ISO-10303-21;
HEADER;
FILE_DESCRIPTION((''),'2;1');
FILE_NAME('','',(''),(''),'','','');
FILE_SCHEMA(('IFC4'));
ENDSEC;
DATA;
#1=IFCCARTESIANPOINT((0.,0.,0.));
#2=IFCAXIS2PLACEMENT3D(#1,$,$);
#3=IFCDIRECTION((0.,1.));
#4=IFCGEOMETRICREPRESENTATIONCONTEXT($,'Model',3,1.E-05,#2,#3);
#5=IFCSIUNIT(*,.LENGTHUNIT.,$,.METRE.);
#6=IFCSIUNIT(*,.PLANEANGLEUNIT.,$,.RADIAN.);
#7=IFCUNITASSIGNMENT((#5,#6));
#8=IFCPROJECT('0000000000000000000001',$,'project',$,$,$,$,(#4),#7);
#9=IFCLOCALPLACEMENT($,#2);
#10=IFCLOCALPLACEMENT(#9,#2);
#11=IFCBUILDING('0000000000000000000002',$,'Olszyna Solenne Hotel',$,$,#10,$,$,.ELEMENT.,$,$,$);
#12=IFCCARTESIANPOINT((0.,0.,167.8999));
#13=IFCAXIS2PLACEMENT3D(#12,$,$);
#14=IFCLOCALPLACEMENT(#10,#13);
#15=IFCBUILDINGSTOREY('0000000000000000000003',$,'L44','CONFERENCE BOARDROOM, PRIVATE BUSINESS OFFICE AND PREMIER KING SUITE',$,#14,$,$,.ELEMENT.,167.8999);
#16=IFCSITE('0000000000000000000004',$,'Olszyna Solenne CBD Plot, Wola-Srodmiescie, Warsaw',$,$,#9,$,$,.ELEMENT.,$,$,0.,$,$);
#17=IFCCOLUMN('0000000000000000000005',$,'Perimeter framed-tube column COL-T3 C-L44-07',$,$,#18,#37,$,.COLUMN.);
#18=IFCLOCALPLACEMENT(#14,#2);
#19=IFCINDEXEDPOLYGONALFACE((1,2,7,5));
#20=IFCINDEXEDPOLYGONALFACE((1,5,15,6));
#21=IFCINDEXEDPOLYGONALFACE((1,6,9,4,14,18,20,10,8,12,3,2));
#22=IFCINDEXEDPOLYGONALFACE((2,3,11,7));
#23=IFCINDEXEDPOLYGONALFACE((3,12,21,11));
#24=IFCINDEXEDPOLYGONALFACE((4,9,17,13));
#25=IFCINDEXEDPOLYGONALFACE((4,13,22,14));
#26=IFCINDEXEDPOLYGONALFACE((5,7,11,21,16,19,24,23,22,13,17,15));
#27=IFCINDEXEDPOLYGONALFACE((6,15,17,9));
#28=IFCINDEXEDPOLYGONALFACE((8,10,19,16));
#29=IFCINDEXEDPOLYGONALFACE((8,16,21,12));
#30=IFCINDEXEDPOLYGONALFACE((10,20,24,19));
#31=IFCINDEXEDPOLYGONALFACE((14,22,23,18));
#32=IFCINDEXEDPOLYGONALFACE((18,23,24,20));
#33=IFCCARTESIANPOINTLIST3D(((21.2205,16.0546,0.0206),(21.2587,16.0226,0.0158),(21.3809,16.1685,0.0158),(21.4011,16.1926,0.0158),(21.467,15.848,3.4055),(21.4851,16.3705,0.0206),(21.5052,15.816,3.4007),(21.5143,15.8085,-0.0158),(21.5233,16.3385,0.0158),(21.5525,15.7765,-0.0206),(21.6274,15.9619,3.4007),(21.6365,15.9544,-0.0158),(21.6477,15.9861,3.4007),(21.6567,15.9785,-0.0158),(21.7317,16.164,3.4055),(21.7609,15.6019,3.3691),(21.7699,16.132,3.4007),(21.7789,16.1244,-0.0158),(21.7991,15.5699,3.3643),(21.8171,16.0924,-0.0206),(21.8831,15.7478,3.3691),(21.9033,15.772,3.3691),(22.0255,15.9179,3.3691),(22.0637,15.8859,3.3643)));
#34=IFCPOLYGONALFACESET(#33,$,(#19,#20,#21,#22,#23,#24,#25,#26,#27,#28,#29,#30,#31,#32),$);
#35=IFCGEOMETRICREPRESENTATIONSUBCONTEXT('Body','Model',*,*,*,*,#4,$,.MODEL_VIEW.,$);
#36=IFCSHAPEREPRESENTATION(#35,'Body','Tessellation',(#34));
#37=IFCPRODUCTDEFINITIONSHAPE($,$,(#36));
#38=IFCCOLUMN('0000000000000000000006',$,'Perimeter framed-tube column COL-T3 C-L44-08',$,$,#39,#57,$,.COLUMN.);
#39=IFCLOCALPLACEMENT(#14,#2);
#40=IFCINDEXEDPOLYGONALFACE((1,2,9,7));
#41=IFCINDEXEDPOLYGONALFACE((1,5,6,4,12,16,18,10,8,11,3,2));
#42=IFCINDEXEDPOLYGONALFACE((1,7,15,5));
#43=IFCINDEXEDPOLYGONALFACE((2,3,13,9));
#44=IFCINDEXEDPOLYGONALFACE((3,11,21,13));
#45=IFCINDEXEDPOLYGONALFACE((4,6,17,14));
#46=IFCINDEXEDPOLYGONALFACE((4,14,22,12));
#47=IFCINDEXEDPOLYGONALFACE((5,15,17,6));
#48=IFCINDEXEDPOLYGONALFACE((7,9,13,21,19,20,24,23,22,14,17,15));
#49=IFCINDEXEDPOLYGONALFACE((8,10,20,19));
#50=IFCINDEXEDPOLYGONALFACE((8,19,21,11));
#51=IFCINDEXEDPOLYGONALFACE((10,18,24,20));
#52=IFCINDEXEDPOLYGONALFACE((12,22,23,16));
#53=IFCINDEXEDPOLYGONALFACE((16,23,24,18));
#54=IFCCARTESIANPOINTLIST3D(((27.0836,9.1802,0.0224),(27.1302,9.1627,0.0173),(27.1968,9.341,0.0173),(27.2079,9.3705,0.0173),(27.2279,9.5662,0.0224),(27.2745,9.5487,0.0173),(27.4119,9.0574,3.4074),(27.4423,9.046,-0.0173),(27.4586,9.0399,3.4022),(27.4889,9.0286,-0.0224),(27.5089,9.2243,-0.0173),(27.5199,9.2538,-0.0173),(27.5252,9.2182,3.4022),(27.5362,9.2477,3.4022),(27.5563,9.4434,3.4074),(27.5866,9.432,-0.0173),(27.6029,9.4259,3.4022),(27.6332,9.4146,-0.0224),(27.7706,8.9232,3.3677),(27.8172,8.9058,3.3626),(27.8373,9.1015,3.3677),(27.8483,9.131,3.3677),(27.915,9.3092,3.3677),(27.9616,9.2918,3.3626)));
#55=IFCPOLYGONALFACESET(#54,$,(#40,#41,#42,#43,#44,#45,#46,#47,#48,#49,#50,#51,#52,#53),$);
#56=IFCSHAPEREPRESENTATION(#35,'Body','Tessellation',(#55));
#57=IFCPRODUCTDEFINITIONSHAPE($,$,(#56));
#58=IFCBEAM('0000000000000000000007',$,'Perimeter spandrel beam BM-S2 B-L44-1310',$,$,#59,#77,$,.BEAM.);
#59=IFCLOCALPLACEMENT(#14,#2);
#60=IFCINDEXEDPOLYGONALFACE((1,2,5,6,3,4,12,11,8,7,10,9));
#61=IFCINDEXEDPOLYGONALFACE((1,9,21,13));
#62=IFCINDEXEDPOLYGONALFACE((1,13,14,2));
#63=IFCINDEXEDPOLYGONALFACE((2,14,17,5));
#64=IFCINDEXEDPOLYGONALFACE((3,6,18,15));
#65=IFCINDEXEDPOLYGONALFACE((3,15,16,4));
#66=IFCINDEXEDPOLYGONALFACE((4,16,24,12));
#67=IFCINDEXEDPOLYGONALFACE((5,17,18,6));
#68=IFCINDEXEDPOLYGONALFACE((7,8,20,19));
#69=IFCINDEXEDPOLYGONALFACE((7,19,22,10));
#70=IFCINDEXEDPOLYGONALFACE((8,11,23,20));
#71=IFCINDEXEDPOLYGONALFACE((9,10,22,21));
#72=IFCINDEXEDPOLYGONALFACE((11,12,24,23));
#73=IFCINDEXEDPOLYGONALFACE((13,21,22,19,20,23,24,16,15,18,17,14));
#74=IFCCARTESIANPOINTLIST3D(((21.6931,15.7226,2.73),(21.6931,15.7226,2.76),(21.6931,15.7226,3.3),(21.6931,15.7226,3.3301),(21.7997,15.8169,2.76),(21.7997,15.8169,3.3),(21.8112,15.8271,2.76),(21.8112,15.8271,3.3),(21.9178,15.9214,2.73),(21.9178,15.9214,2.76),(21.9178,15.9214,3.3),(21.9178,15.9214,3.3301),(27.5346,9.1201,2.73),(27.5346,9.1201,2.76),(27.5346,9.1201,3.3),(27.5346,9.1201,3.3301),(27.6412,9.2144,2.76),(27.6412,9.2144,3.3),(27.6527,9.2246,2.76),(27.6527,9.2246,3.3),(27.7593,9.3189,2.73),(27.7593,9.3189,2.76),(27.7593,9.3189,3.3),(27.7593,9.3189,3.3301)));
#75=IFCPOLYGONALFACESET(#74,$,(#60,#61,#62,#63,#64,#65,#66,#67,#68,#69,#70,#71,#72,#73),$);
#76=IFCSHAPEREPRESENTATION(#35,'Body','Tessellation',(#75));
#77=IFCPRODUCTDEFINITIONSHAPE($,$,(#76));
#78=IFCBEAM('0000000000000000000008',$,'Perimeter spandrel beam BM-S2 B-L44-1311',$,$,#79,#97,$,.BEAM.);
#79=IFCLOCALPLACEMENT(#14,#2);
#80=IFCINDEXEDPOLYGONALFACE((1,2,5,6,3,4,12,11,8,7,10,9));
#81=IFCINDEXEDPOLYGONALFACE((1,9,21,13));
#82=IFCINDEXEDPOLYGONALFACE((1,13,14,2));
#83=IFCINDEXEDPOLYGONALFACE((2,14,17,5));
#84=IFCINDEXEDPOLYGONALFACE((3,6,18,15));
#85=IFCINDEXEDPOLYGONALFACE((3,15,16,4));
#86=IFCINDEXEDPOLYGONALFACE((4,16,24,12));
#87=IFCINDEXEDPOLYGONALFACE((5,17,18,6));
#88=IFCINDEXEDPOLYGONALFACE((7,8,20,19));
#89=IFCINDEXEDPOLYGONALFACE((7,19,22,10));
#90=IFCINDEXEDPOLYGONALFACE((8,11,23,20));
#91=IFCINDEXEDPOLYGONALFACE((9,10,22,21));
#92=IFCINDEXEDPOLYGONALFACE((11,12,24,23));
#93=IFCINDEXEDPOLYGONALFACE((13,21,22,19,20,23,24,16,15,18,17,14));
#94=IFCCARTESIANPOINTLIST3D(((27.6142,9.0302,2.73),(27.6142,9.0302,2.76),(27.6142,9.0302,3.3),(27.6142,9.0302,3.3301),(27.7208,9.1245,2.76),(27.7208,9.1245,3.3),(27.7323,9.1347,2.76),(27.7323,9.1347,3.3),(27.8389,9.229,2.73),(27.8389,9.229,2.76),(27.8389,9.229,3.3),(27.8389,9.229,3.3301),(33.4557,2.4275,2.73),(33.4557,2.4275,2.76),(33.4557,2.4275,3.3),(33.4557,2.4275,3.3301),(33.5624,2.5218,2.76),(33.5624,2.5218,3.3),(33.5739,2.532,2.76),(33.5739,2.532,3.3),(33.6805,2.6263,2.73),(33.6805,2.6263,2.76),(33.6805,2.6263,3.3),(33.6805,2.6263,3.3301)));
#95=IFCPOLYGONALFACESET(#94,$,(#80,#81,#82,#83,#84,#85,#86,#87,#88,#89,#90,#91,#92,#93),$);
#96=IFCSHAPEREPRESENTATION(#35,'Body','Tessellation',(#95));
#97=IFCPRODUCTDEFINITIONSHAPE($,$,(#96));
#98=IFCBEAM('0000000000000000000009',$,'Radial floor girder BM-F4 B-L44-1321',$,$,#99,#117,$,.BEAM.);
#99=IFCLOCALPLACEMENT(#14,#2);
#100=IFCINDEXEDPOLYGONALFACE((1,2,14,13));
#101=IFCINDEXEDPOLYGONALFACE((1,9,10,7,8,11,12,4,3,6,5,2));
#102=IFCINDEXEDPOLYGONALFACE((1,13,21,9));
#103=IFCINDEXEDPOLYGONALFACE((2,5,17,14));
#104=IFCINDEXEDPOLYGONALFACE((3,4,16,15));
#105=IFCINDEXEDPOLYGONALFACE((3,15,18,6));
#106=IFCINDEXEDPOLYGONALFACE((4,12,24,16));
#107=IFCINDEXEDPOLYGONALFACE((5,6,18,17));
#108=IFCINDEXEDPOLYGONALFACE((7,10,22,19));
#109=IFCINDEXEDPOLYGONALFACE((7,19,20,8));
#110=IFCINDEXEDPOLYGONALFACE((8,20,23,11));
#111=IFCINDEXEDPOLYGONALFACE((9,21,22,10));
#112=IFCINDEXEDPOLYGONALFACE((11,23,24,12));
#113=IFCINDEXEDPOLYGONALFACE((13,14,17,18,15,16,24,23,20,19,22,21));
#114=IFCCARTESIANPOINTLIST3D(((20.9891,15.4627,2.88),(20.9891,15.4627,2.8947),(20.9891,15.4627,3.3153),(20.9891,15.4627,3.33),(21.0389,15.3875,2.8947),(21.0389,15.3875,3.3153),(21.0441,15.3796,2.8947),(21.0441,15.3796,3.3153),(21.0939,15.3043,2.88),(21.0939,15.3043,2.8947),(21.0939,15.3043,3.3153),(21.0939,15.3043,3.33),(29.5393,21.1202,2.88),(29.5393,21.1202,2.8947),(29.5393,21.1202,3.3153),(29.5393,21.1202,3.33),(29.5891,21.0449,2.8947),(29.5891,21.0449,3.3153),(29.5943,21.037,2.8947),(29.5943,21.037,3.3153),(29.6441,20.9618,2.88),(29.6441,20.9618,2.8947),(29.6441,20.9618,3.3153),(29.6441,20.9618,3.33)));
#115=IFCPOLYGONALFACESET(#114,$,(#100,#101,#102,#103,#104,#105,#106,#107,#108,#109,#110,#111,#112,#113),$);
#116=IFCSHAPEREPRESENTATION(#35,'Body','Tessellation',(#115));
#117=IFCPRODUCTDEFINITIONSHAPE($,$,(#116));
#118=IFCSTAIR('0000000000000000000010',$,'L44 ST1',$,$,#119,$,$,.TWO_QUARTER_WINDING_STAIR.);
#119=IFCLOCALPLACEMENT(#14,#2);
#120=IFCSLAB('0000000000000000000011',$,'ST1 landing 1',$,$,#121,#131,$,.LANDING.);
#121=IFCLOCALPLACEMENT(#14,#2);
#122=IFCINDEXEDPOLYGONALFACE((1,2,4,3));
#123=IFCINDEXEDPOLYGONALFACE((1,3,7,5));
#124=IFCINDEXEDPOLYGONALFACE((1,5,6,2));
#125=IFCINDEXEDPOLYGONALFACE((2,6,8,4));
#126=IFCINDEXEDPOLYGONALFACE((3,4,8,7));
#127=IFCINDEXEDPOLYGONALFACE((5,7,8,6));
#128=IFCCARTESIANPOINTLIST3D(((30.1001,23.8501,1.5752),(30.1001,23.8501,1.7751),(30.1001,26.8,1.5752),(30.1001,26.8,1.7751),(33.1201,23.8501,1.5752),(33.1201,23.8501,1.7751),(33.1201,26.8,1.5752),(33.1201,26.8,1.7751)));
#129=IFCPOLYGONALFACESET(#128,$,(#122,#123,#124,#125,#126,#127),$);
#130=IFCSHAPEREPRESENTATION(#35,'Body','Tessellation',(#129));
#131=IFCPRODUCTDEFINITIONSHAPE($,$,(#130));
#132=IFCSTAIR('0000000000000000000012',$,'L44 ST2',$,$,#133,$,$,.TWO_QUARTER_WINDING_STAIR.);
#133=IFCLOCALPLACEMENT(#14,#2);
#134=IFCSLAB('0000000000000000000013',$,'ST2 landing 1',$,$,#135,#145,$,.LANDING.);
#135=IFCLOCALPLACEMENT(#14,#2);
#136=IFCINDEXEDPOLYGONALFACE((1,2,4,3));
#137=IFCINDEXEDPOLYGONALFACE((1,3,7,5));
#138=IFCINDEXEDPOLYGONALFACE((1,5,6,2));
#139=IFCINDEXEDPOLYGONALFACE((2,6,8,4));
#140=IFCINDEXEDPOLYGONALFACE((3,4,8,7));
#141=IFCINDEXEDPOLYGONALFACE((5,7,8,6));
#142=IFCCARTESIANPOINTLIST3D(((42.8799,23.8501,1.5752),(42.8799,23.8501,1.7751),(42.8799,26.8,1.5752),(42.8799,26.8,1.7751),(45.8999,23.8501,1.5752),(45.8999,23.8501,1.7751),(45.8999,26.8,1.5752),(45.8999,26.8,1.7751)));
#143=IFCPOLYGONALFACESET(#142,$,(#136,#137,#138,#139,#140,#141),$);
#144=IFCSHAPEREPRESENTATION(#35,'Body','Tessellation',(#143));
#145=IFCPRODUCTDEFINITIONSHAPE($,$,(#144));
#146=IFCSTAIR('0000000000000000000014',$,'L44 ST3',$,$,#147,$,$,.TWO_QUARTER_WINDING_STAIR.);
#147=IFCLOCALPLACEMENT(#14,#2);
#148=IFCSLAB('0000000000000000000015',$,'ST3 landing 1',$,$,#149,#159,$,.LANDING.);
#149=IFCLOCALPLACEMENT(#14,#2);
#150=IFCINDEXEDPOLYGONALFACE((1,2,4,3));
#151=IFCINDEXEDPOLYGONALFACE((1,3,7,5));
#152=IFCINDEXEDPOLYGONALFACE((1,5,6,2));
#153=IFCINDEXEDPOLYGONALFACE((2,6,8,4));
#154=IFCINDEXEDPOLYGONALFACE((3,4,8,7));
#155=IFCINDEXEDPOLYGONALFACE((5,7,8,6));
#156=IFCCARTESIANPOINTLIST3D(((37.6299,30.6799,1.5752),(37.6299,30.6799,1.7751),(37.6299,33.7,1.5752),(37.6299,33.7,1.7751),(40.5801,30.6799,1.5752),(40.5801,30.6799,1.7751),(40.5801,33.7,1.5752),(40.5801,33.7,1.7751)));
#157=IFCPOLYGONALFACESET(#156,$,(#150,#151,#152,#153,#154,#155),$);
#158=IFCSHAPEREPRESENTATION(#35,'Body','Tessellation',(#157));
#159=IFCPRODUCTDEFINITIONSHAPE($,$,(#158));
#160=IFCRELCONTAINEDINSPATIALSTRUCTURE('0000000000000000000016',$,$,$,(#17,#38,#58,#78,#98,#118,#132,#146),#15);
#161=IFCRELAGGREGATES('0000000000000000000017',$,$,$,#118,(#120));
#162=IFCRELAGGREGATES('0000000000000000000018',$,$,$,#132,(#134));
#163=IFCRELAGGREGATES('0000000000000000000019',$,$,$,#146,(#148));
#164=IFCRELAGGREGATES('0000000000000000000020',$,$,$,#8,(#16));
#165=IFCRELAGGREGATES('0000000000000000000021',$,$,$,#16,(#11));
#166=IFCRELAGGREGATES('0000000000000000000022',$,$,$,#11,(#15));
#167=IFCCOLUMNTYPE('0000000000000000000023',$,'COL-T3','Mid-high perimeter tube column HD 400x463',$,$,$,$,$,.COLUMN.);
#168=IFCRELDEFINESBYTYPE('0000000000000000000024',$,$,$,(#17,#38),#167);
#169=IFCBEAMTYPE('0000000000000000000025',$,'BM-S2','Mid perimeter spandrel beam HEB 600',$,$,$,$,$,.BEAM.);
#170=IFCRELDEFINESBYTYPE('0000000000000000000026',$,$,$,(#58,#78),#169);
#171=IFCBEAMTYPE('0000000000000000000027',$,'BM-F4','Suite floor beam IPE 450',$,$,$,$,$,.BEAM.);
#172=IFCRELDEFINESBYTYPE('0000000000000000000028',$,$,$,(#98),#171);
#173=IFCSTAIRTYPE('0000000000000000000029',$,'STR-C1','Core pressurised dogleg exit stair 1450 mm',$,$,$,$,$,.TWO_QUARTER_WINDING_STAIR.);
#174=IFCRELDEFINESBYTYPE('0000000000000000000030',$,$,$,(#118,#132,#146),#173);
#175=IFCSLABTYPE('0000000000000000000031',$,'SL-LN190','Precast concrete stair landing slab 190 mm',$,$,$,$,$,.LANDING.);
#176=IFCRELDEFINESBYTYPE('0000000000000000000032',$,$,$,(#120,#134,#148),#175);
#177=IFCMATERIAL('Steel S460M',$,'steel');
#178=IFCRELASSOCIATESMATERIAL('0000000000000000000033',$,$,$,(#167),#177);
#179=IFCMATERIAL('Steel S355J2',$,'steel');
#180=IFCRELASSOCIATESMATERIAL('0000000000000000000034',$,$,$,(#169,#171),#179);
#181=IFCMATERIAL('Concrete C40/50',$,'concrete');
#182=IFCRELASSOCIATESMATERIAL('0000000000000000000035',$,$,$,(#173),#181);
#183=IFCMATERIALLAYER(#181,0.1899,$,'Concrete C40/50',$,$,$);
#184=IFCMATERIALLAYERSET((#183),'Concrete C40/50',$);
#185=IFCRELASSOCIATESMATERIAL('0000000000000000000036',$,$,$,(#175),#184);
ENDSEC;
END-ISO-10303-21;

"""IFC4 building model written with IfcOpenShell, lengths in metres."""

from ifc_helpers import new_model, si_unit, direction, frame, origin, origin_2d, place, context, subcontext, project, spatial, polyline, i_section, outline, extrude, source, transform, mapped, material, layer, layer_set, material_profile, profile_set, type_object, element, aggregate, save


model = new_model("IFC4")

# Units and contexts
model_context = context("Model", 3, precision=1e-05, world=origin(), true_north=direction((0.0, 1.0)))
body_context = subcontext(model_context, "Body", "Model", "MODEL_VIEW")
ifc_project = project(units=[si_unit("LENGTHUNIT", "METRE"), si_unit("PLANEANGLEUNIT", "RADIAN")], contexts=[model_context])

# Site, building, storey
site_placement = place(None, origin())
site = spatial("IfcSite", under=ifc_project, at=site_placement, Name="Olszyna Solenne CBD Plot, Wola-Srodmiescie, Warsaw", CompositionType="ELEMENT", RefElevation=0.0)
building_placement = place(site_placement, origin())
building = spatial("IfcBuilding", under=site, at=building_placement, Name="Olszyna Solenne Hotel", CompositionType="ELEMENT")
storey_placement = place(building_placement, frame((0.0, 0.0, 167.8999)))
storey = spatial("IfcBuildingStorey", under=building, at=storey_placement, Name="L44", Description="CONFERENCE BOARDROOM, PRIVATE BUSINESS OFFICE AND PREMIER KING SUITE", CompositionType="ELEMENT", Elevation=167.8999)

# Columns
ifc_material_1 = material(Name="Steel S460M", Category="steel")
ifc_material_profile_1 = material_profile(ifc_material_1, i_section(OverallWidth=0.4121, OverallDepth=0.4351, WebThickness=0.0315, FlangeThickness=0.05, at=origin_2d()), Name="HD 400x463", Category="load-bearing")
ifc_profile_set_1 = profile_set([ifc_material_profile_1], Name="Steel S460M")
column_type = type_object("IfcColumnType", Name="COL-T3", Description="Mid-high perimeter tube column HD 400x463", PredefinedType="COLUMN", material=ifc_profile_set_1)
shared_shape_1 = source(origin(), body_context, "Body", "SweptSolid", [
    extrude(i_section(OverallWidth=0.4121, OverallDepth=0.4351, WebThickness=0.0315, FlangeThickness=0.05, at=origin_2d()), origin(), (0.0, 0.0, 1.0), 3.4001),
])
column_1_placement = place(storey_placement, frame((21.5188, 16.0735, 0.0), z_axis=(0.072519, -0.060743, 0.995516), x_axis=(0.642123, 0.766601, 0.0)))
element("IfcColumn", 1, at=column_1_placement, inside=storey, type_object=column_type, Name="Perimeter framed-tube column COL-T3 C-L44-07", PredefinedType="COLUMN", context=body_context, shape_type="MappedRepresentation", body=[
    mapped(shared_shape_1, transform((0.0, 0.0, 0.0), x_axis=(1.0, 0.0, 0.0), y_axis=(0.0, 1.0, 0.0), z_axis=(0.0, 0.0, 1.0), scale=1.0)),
])
shared_shape_2 = source(origin(), body_context, "Body", "SweptSolid", [
    extrude(i_section(OverallWidth=0.4121, OverallDepth=0.4351, WebThickness=0.0315, FlangeThickness=0.05, at=origin_2d()), origin(), (0.0, 0.0, 1.0), 3.4031),
])
column_2_placement = place(storey_placement, frame((27.3584, 9.2974, 0.0), z_axis=(0.096491, -0.036085, 0.99468), x_axis=(0.350284, 0.936644, 0.0)))
element("IfcColumn", 2, at=column_2_placement, inside=storey, type_object=column_type, Name="Perimeter framed-tube column COL-T3 C-L44-08", PredefinedType="COLUMN", context=body_context, shape_type="MappedRepresentation", body=[
    mapped(shared_shape_2, transform((0.0, 0.0, 0.0), x_axis=(1.0, 0.0, 0.0), y_axis=(0.0, 1.0, 0.0), z_axis=(0.0, 0.0, 1.0), scale=1.0)),
])

# Beams
ifc_material_2 = material(Name="Steel S355J2", Category="steel")
ifc_material_profile_2 = material_profile(ifc_material_2, i_section(OverallWidth=0.3, OverallDepth=0.6001, WebThickness=0.0154, FlangeThickness=0.03, at=origin_2d()), Name="HEB 600", Category="load-bearing")
ifc_profile_set_2 = profile_set([ifc_material_profile_2], Name="Steel S355J2")
beam_type_1 = type_object("IfcBeamType", Name="BM-S2", Description="Mid perimeter spandrel beam HEB 600", PredefinedType="BEAM", material=ifc_profile_set_2)
shared_shape_3 = source(origin(), body_context, "Body", "SweptSolid", [
    extrude(i_section(OverallWidth=0.3, OverallDepth=0.6001, WebThickness=0.0154, FlangeThickness=0.03, at=origin_2d()), origin(), (0.0, 0.0, 1.0), 8.8157),
])
beam_1_placement = place(storey_placement, frame((21.8054, 15.822, 3.03), z_axis=(0.662628, -0.748949, 0.0), x_axis=(0.748949, 0.662628, 0.0)))
element("IfcBeam", 3, at=beam_1_placement, inside=storey, type_object=beam_type_1, Name="Perimeter spandrel beam BM-S2 B-L44-1310", PredefinedType="BEAM", context=body_context, shape_type="MappedRepresentation", body=[
    mapped(shared_shape_3, transform((0.0, 0.0, 0.0), x_axis=(1.0, 0.0, 0.0), y_axis=(0.0, 1.0, 0.0), z_axis=(0.0, 0.0, 1.0), scale=1.0)),
])
shared_shape_4 = source(origin(), body_context, "Body", "SweptSolid", [
    extrude(i_section(OverallWidth=0.3, OverallDepth=0.6001, WebThickness=0.0154, FlangeThickness=0.03, at=origin_2d()), origin(), (0.0, 0.0, 1.0), 8.8159),
])
beam_2_placement = place(storey_placement, frame((27.7266, 9.1296, 3.03), z_axis=(0.662614, -0.748961, 0.0), x_axis=(0.748961, 0.662614, 0.0)))
element("IfcBeam", 4, at=beam_2_placement, inside=storey, type_object=beam_type_1, Name="Perimeter spandrel beam BM-S2 B-L44-1311", PredefinedType="BEAM", context=body_context, shape_type="MappedRepresentation", body=[
    mapped(shared_shape_4, transform((0.0, 0.0, 0.0), x_axis=(1.0, 0.0, 0.0), y_axis=(0.0, 1.0, 0.0), z_axis=(0.0, 0.0, 1.0), scale=1.0)),
])
ifc_material_profile_3 = material_profile(ifc_material_2, i_section(OverallWidth=0.1899, OverallDepth=0.45, WebThickness=0.0095, FlangeThickness=0.0146, at=origin_2d()), Name="IPE 450", Category="load-bearing")
ifc_profile_set_3 = profile_set([ifc_material_profile_3], Name="Steel S355J2")
beam_type_2 = type_object("IfcBeamType", Name="BM-F4", Description="Suite floor beam IPE 450", PredefinedType="BEAM", material=ifc_profile_set_3)
shared_shape_5 = source(origin(), body_context, "Body", "SweptSolid", [
    extrude(i_section(OverallWidth=0.1899, OverallDepth=0.45, WebThickness=0.0095, FlangeThickness=0.0146, at=origin_2d()), origin(), (0.0, 0.0, 1.0), 10.2524),
])
beam_3_placement = place(storey_placement, frame((21.0415, 15.3835, 3.105), z_axis=(0.833969, 0.551812, 0.0), x_axis=(-0.551812, 0.833969, 0.0)))
element("IfcBeam", 5, at=beam_3_placement, inside=storey, type_object=beam_type_2, Name="Radial floor girder BM-F4 B-L44-1321", PredefinedType="BEAM", context=body_context, shape_type="MappedRepresentation", body=[
    mapped(shared_shape_5, transform((0.0, 0.0, 0.0), x_axis=(1.0, 0.0, 0.0), y_axis=(0.0, 1.0, 0.0), z_axis=(0.0, 0.0, 1.0), scale=1.0)),
])

# Stairs, slabs
ifc_material_3 = material(Name="Concrete C40/50", Category="concrete")
stair_type = type_object("IfcStairType", Name="STR-C1", Description="Core pressurised dogleg exit stair 1450 mm", PredefinedType="TWO_QUARTER_WINDING_STAIR", material=ifc_material_3)
stair_1_placement = place(storey_placement, origin())
stair_1 = element("IfcStair", 6, at=stair_1_placement, inside=storey, type_object=stair_type, Name="L44 ST1", PredefinedType="TWO_QUARTER_WINDING_STAIR")
ifc_layer_1 = layer(ifc_material_3, 0.1899, Name="Concrete C40/50")
ifc_layer_set_1 = layer_set([ifc_layer_1], Name="Concrete C40/50")
slab_type_1 = type_object("IfcSlabType", Name="SL-LN190", Description="Precast concrete stair landing slab 190 mm", PredefinedType="LANDING", material=ifc_layer_set_1)
slab_1_placement = place(storey_placement, frame((0.0, 0.0, 1.5752)))
slab_1 = element("IfcSlab", 7, at=slab_1_placement, type_object=slab_type_1, Name="ST1 landing 1", PredefinedType="LANDING", context=body_context, shape_type="SweptSolid", body=[
    extrude(outline(polyline([(33.1201, 23.8501), (33.1201, 26.8), (30.1001, 26.8), (30.1001, 23.8501), (33.1201, 23.8501)])), origin(), (0.0, 0.0, 1.0), 0.2),
])
aggregate(stair_1, [slab_1])
stair_2_placement = place(storey_placement, origin())
stair_2 = element("IfcStair", 8, at=stair_2_placement, inside=storey, type_object=stair_type, Name="L44 ST2", PredefinedType="TWO_QUARTER_WINDING_STAIR")
slab_2_placement = place(storey_placement, frame((0.0, 0.0, 1.5752)))
slab_2 = element("IfcSlab", 9, at=slab_2_placement, type_object=slab_type_1, Name="ST2 landing 1", PredefinedType="LANDING", context=body_context, shape_type="SweptSolid", body=[
    extrude(outline(polyline([(45.8999, 23.8501), (45.8999, 26.8), (42.8799, 26.8), (42.8799, 23.8501), (45.8999, 23.8501)])), origin(), (0.0, 0.0, 1.0), 0.2),
])
aggregate(stair_2, [slab_2])
stair_3_placement = place(storey_placement, origin())
stair_3 = element("IfcStair", 10, at=stair_3_placement, inside=storey, type_object=stair_type, Name="L44 ST3", PredefinedType="TWO_QUARTER_WINDING_STAIR")
slab_3_placement = place(storey_placement, frame((0.0, 0.0, 1.5752)))
slab_3 = element("IfcSlab", 11, at=slab_3_placement, type_object=slab_type_1, Name="ST3 landing 1", PredefinedType="LANDING", context=body_context, shape_type="SweptSolid", body=[
    extrude(outline(polyline([(37.6299, 30.6799), (40.5801, 30.6799), (40.5801, 33.7), (37.6299, 33.7), (37.6299, 30.6799)])), origin(), (0.0, 0.0, 1.0), 0.2),
])
aggregate(stair_3, [slab_3])

save(model, "model.ifc")
